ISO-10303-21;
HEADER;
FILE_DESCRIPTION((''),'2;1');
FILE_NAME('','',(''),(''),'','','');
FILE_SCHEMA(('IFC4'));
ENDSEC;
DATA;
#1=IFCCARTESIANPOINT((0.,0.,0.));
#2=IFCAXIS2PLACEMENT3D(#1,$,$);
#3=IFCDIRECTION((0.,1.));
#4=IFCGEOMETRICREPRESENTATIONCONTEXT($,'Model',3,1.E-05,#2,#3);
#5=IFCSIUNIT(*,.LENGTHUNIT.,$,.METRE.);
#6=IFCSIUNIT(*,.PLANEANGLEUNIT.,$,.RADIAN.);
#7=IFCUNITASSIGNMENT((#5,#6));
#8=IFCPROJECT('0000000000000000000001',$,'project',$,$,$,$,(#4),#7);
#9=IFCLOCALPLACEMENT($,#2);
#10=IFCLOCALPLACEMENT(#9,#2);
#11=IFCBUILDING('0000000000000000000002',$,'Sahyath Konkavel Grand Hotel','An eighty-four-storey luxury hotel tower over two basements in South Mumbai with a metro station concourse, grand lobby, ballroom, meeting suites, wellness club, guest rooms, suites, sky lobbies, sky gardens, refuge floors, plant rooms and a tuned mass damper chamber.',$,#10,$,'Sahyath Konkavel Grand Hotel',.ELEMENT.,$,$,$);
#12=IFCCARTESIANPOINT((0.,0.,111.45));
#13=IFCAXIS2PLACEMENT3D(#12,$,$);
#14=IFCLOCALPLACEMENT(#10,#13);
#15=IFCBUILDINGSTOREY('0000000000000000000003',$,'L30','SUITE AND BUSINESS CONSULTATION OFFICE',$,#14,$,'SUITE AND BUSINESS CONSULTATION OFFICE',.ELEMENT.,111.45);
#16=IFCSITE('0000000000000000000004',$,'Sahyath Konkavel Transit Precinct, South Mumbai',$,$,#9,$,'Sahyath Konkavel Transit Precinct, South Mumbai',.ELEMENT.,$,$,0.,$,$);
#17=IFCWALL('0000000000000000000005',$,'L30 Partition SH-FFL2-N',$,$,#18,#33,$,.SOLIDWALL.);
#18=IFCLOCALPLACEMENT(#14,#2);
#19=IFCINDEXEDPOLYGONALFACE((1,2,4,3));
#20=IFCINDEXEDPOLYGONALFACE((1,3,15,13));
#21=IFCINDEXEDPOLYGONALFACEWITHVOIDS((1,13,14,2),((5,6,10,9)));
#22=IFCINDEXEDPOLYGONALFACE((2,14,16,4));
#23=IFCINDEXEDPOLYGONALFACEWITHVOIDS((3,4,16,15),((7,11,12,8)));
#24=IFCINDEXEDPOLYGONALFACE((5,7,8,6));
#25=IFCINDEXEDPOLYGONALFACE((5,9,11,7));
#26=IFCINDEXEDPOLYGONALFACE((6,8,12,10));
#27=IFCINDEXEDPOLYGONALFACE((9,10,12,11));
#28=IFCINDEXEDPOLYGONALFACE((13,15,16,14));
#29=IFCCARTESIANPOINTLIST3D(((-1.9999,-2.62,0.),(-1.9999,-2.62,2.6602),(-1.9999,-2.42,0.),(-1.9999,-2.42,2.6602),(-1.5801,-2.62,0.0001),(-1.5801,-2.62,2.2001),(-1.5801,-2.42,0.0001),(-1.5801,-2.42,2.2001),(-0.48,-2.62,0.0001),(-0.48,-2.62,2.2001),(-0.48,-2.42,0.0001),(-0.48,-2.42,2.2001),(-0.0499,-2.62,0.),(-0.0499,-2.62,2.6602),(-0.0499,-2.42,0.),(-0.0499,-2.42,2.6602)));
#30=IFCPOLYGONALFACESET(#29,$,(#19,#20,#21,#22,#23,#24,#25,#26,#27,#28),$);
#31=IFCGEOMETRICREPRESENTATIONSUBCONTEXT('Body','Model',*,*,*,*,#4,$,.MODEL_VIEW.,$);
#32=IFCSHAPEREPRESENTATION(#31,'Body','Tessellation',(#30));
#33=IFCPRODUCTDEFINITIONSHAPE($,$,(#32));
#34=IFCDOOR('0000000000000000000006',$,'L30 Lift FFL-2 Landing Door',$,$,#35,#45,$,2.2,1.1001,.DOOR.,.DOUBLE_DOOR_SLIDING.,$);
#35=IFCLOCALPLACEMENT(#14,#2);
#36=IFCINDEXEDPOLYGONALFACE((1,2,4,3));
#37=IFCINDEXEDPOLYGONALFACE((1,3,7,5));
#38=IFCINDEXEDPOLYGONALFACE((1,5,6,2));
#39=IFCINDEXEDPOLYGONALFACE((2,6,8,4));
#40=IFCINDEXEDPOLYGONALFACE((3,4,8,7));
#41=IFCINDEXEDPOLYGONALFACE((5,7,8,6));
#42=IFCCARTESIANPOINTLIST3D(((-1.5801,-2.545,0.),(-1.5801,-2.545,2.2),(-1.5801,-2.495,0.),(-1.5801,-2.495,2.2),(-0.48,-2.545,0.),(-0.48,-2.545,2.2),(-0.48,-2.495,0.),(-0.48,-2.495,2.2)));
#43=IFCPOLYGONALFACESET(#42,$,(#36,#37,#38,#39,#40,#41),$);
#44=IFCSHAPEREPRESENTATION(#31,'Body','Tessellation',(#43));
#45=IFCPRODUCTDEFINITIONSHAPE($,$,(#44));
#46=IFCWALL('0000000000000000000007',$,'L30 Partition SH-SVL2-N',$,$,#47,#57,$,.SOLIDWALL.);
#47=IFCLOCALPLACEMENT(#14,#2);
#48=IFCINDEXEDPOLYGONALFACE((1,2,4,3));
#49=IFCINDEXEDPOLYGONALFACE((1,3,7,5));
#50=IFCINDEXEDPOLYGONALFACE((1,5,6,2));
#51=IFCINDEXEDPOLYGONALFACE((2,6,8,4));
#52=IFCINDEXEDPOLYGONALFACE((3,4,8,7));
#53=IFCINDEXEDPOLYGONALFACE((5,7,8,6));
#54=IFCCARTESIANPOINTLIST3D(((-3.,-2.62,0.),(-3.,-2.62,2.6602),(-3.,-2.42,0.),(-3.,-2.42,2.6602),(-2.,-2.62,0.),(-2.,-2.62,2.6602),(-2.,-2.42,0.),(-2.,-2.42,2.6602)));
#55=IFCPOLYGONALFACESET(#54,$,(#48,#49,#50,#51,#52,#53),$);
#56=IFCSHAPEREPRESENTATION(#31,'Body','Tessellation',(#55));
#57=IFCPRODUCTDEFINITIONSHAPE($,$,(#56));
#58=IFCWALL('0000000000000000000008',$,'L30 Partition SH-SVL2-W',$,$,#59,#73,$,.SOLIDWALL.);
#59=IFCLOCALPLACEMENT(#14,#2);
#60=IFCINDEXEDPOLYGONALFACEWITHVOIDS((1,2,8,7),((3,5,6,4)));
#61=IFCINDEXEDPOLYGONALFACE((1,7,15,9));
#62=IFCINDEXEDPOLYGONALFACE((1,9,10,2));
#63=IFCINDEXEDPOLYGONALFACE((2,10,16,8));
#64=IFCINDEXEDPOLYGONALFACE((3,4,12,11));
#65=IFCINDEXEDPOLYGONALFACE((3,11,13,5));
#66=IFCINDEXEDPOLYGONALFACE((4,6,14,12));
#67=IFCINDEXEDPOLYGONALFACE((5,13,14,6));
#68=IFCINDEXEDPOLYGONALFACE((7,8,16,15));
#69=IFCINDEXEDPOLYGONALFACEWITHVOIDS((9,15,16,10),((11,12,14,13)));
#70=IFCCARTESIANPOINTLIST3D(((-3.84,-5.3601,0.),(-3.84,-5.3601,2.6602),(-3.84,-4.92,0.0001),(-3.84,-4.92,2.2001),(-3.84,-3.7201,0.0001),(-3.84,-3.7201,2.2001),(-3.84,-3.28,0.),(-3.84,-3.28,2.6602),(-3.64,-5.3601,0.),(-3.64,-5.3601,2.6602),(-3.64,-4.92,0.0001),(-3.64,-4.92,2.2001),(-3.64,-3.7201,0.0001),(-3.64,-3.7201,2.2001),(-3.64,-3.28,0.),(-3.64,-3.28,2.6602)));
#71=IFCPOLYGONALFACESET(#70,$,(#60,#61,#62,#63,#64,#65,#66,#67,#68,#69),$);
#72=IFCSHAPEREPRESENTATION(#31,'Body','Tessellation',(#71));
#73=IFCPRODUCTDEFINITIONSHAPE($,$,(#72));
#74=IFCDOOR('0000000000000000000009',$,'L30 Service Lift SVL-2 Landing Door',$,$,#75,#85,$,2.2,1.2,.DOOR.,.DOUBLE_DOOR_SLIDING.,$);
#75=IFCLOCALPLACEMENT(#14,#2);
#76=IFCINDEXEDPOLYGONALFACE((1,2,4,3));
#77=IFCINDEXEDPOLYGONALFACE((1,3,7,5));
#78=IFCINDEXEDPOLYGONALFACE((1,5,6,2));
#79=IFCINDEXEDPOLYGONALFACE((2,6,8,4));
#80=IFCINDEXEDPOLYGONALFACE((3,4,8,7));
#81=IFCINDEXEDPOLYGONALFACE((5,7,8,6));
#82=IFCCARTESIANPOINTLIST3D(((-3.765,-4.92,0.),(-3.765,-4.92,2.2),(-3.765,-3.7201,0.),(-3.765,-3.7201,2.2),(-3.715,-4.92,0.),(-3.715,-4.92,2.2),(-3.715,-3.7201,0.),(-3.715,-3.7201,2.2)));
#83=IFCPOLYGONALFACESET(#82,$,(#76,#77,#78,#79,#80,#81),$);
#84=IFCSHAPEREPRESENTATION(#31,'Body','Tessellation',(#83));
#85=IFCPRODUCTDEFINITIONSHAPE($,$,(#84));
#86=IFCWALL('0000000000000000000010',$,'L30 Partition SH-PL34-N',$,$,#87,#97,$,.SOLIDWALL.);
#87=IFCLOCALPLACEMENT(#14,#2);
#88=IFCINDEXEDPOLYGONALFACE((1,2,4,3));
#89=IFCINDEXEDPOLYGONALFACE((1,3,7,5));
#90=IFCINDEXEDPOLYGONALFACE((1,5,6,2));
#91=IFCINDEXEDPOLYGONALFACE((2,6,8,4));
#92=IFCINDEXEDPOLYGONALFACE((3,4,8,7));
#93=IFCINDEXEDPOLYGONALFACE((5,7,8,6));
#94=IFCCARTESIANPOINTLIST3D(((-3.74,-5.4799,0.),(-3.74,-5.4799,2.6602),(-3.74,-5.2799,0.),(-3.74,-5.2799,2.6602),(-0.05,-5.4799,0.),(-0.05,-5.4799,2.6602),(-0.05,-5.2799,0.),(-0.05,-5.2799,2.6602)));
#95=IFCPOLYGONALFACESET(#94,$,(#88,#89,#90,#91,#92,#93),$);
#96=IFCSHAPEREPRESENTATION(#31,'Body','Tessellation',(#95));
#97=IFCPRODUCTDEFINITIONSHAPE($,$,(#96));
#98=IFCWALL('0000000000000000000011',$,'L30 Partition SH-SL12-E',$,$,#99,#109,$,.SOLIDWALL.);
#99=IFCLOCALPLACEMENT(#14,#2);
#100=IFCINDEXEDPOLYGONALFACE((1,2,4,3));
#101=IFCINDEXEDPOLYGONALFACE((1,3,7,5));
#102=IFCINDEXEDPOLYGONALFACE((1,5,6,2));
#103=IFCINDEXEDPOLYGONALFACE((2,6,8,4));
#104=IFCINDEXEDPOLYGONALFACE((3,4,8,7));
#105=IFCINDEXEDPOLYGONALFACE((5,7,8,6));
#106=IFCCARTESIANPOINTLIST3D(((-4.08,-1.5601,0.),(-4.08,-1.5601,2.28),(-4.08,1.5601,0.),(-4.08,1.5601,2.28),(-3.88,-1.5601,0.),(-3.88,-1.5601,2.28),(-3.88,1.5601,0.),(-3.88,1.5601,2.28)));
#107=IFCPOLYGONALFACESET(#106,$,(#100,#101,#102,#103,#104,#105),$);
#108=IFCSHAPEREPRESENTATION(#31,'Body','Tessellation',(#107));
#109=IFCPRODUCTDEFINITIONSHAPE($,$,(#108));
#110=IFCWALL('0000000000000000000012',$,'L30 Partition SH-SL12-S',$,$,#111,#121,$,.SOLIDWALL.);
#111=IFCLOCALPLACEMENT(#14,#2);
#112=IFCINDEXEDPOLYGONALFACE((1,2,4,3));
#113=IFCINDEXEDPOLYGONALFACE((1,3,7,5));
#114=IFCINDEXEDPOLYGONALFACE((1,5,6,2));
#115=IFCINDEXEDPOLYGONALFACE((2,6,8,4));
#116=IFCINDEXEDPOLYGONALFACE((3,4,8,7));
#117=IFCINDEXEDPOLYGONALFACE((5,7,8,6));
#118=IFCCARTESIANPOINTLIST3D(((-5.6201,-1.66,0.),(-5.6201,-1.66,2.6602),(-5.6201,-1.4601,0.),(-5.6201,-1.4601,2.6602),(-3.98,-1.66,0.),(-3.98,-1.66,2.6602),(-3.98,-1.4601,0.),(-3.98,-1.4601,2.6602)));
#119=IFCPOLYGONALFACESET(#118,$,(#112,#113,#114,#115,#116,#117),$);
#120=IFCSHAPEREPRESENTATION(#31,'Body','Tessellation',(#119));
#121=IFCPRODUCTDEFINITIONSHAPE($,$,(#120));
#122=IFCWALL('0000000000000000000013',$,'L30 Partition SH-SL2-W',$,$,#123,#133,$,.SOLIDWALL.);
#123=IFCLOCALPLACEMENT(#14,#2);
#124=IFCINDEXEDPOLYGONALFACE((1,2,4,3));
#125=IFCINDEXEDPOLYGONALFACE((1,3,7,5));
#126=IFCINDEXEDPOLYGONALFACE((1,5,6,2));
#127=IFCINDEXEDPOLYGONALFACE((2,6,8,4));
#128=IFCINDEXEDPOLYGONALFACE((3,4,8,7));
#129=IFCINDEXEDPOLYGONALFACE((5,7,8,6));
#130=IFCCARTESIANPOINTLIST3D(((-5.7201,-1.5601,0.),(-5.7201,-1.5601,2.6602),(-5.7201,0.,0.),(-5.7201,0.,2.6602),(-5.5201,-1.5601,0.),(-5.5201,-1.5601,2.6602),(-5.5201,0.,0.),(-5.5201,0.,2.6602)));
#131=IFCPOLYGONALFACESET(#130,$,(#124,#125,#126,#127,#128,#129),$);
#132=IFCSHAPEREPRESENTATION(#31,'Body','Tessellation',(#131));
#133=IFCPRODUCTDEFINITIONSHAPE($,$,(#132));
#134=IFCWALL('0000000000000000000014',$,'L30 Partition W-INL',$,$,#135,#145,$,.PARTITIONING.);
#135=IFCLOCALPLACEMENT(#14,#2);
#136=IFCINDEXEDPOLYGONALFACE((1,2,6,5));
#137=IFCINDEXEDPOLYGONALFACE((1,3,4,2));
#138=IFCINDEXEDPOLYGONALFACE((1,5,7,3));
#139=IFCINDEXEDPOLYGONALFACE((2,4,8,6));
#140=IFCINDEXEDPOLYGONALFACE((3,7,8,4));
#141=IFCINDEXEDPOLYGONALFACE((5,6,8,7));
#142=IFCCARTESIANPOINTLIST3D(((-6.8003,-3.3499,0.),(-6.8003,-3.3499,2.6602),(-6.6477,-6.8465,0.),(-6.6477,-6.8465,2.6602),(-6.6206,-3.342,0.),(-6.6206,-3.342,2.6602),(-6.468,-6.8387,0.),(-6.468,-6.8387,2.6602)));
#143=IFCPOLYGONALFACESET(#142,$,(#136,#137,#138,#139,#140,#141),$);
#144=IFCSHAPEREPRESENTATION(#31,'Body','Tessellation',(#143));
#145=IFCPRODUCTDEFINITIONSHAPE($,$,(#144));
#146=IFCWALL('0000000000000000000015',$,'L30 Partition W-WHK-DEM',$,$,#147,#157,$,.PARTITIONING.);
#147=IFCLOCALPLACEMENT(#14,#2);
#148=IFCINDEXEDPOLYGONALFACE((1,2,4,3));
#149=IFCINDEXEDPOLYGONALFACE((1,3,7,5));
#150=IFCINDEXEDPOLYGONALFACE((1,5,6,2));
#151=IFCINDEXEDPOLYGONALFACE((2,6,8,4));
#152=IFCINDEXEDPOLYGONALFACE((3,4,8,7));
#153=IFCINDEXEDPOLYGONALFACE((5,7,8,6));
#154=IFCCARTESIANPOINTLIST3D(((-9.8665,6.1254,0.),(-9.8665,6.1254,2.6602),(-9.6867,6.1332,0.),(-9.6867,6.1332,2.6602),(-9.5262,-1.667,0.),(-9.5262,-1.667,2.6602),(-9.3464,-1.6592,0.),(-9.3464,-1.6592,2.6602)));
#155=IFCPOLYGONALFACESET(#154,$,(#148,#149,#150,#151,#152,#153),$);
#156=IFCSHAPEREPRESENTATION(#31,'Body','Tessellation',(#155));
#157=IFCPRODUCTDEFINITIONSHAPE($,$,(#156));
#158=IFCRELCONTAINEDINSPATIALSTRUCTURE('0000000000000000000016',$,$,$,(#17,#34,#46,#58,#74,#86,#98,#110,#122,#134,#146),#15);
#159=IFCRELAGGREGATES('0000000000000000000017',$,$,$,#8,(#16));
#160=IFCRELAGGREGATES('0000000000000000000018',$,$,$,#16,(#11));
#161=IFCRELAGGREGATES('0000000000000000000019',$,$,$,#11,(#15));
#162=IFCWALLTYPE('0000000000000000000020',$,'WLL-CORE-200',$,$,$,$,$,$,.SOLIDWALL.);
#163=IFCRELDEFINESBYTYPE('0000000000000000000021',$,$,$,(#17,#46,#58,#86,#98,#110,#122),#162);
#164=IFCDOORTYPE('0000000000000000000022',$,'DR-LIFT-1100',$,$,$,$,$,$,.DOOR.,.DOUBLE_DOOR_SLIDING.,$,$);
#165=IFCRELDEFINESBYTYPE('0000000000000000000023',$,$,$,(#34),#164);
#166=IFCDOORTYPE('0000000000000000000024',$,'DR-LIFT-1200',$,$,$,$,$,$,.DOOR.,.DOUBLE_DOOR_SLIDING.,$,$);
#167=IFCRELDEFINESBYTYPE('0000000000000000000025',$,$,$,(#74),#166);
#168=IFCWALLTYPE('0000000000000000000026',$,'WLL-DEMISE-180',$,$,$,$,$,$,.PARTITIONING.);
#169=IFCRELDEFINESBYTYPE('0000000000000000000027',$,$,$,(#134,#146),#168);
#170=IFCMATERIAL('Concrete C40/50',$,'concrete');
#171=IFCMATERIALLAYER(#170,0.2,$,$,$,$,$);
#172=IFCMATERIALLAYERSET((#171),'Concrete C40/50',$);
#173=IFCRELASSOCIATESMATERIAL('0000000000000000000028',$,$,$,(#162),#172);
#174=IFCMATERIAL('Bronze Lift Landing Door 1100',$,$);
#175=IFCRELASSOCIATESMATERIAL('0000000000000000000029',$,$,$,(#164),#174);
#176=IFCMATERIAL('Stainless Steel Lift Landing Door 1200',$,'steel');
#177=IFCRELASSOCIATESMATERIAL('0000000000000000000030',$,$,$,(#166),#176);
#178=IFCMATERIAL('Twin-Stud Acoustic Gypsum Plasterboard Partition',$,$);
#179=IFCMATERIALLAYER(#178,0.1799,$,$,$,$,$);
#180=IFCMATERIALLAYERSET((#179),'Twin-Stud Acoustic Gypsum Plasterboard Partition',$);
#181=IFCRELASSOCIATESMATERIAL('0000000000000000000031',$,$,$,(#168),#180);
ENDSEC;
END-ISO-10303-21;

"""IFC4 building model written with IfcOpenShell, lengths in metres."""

from ifc_helpers import new_model, si_unit, direction, frame, frame_2d, origin, origin_2d, place, context, subcontext, project, spatial, rectangle, extrude, source, transform, mapped, material, layer, layer_set, type_object, element, fill, save


model = new_model("IFC4")

# Units and contexts
model_context = context("Model", 3, precision=1e-05, world=origin(), true_north=direction((0.0, 1.0)))
body_context = subcontext(model_context, "Body", "Model", "MODEL_VIEW")
ifc_project = project(units=[si_unit("LENGTHUNIT", "METRE"), si_unit("PLANEANGLEUNIT", "RADIAN")], contexts=[model_context])

# Site, building, storey
site_placement = place(None, origin())
site = spatial("IfcSite", under=ifc_project, at=site_placement, Name="Sahyath Konkavel Transit Precinct, South Mumbai", LongName="Sahyath Konkavel Transit Precinct, South Mumbai", CompositionType="ELEMENT", RefElevation=0.0)
building_placement = place(site_placement, origin())
building = spatial("IfcBuilding", under=site, at=building_placement, Name="Sahyath Konkavel Grand Hotel", Description="An eighty-four-storey luxury hotel tower over two basements in South Mumbai with a metro station concourse, grand lobby, ballroom, meeting suites, wellness club, guest rooms, suites, sky lobbies, sky gardens, refuge floors, plant rooms and a tuned mass damper chamber.", LongName="Sahyath Konkavel Grand Hotel", CompositionType="ELEMENT")
storey_placement = place(building_placement, frame((0.0, 0.0, 111.45)))
storey = spatial("IfcBuildingStorey", under=building, at=storey_placement, Name="L30", Description="SUITE AND BUSINESS CONSULTATION OFFICE", LongName="SUITE AND BUSINESS CONSULTATION OFFICE", CompositionType="ELEMENT", Elevation=111.45)

# Shared definitions
ifc_material_1 = material(Name="Concrete C40/50", Category="concrete")
ifc_layer_1 = layer(ifc_material_1, 0.2)
ifc_layer_set_1 = layer_set([ifc_layer_1], Name="Concrete C40/50")
wall_type_1 = type_object("IfcWallType", Name="WLL-CORE-200", PredefinedType="SOLIDWALL", material=ifc_layer_set_1)

# Wall, opening, door
wall_1_placement = place(storey_placement, frame((-2.0, -2.52, 0.0), z_axis=(0.0, 0.0, 1.0), x_axis=(1.0, 0.0, 0.0)))
wall_1 = element("IfcWall", 1, at=wall_1_placement, inside=storey, type_object=wall_type_1, Name="L30 Partition SH-FFL2-N", PredefinedType="SOLIDWALL", context=body_context, shape_type="SweptSolid", body=[
    extrude(rectangle(XDim=1.95, YDim=0.2, at=frame_2d((0.9751, 0.0))), origin(), (0.0, 0.0, 1.0), 2.6602),
])
opening_1_placement = place(wall_1_placement, frame((0.4199, 0.0, 0.0)))
opening_1 = element("IfcOpeningElement", 2, at=opening_1_placement, cuts=wall_1, PredefinedType="OPENING", context=body_context, shape_type="SweptSolid", body=[
    extrude(rectangle(XDim=1.1001, YDim=2.2, at=frame_2d((0.55, 1.1001))), frame((0.0, 0.1099, 0.0), z_axis=(0.0, -1.0, 0.0), x_axis=(1.0, 0.0, 0.0)), (0.0, 0.0, 1.0), 0.22),
])
ifc_material_2 = material(Name="Bronze Lift Landing Door 1100")
door_type_1 = type_object("IfcDoorType", Name="DR-LIFT-1100", OperationType="DOUBLE_DOOR_SLIDING", PredefinedType="DOOR", material=ifc_material_2)
shared_shape_1 = source(origin(), body_context, "Body", "SweptSolid", [
    extrude(rectangle(XDim=1.1001, YDim=0.05, at=origin_2d()), origin(), (0.0, 0.0, 1.0), 2.2),
])
door_1_placement = place(opening_1_placement, frame((0.55, 0.0, 0.0)))
door_1 = element("IfcDoor", 3, at=door_1_placement, inside=storey, type_object=door_type_1, Name="L30 Lift FFL-2 Landing Door", OperationType="DOUBLE_DOOR_SLIDING", OverallHeight=2.2, OverallWidth=1.1001, PredefinedType="DOOR", context=body_context, shape_type="MappedRepresentation", body=[
    mapped(shared_shape_1, transform((0.0, 0.0, 0.0), scale=1.0)),
])
fill(opening_1, door_1)

# Wall
wall_2_placement = place(storey_placement, frame((-3.0, -2.52, 0.0), z_axis=(0.0, 0.0, 1.0), x_axis=(1.0, 0.0, 0.0)))
element("IfcWall", 4, at=wall_2_placement, inside=storey, type_object=wall_type_1, Name="L30 Partition SH-SVL2-N", PredefinedType="SOLIDWALL", context=body_context, shape_type="SweptSolid", body=[
    extrude(rectangle(XDim=1.0, YDim=0.2, at=frame_2d((0.5, 0.0))), origin(), (0.0, 0.0, 1.0), 2.6602),
])

# Wall, opening, door
wall_3_placement = place(storey_placement, frame((-3.74, -5.3601, 0.0), z_axis=(0.0, 0.0, 1.0), x_axis=(0.0, 1.0, 0.0)))
wall_3 = element("IfcWall", 5, at=wall_3_placement, inside=storey, type_object=wall_type_1, Name="L30 Partition SH-SVL2-W", PredefinedType="SOLIDWALL", context=body_context, shape_type="SweptSolid", body=[
    extrude(rectangle(XDim=2.0801, YDim=0.2, at=frame_2d((1.04, 0.0))), origin(), (0.0, 0.0, 1.0), 2.6602),
])
opening_2_placement = place(wall_3_placement, frame((0.4399, 0.0, 0.0)))
opening_2 = element("IfcOpeningElement", 6, at=opening_2_placement, cuts=wall_3, PredefinedType="OPENING", context=body_context, shape_type="SweptSolid", body=[
    extrude(rectangle(XDim=1.2, YDim=2.2, at=frame_2d((0.6001, 1.1001))), frame((0.0, 0.1099, 0.0), z_axis=(0.0, -1.0, 0.0), x_axis=(1.0, 0.0, 0.0)), (0.0, 0.0, 1.0), 0.22),
])
ifc_material_3 = material(Name="Stainless Steel Lift Landing Door 1200", Category="steel")
door_type_2 = type_object("IfcDoorType", Name="DR-LIFT-1200", OperationType="DOUBLE_DOOR_SLIDING", PredefinedType="DOOR", material=ifc_material_3)
shared_shape_2 = source(origin(), body_context, "Body", "SweptSolid", [
    extrude(rectangle(XDim=1.2, YDim=0.05, at=origin_2d()), origin(), (0.0, 0.0, 1.0), 2.2),
])
door_2_placement = place(opening_2_placement, frame((0.6001, 0.0, 0.0)))
door_2 = element("IfcDoor", 7, at=door_2_placement, inside=storey, type_object=door_type_2, Name="L30 Service Lift SVL-2 Landing Door", OperationType="DOUBLE_DOOR_SLIDING", OverallHeight=2.2, OverallWidth=1.2, PredefinedType="DOOR", context=body_context, shape_type="MappedRepresentation", body=[
    mapped(shared_shape_2, transform((0.0, 0.0, 0.0), scale=1.0)),
])
fill(opening_2, door_2)

# Walls
wall_4_placement = place(storey_placement, frame((-3.74, -5.3799, 0.0), z_axis=(0.0, 0.0, 1.0), x_axis=(1.0, 0.0, 0.0)))
element("IfcWall", 8, at=wall_4_placement, inside=storey, type_object=wall_type_1, Name="L30 Partition SH-PL34-N", PredefinedType="SOLIDWALL", context=body_context, shape_type="SweptSolid", body=[
    extrude(rectangle(XDim=3.6899, YDim=0.2, at=frame_2d((1.845, 0.0))), origin(), (0.0, 0.0, 1.0), 2.6602),
])
wall_5_placement = place(storey_placement, frame((-3.98, -1.5601, 0.0), z_axis=(0.0, 0.0, 1.0), x_axis=(0.0, 1.0, 0.0)))
element("IfcWall", 9, at=wall_5_placement, inside=storey, type_object=wall_type_1, Name="L30 Partition SH-SL12-E", PredefinedType="SOLIDWALL", context=body_context, shape_type="SweptSolid", body=[
    extrude(rectangle(XDim=3.1201, YDim=0.2, at=frame_2d((1.5601, 0.0))), origin(), (0.0, 0.0, 1.0), 2.28),
])
wall_6_placement = place(storey_placement, frame((-5.6201, -1.5601, 0.0), z_axis=(0.0, 0.0, 1.0), x_axis=(1.0, 0.0, 0.0)))
element("IfcWall", 10, at=wall_6_placement, inside=storey, type_object=wall_type_1, Name="L30 Partition SH-SL12-S", PredefinedType="SOLIDWALL", context=body_context, shape_type="SweptSolid", body=[
    extrude(rectangle(XDim=1.6401, YDim=0.2, at=frame_2d((0.8201, 0.0))), origin(), (0.0, 0.0, 1.0), 2.6602),
])
wall_7_placement = place(storey_placement, frame((-5.6201, -1.5601, 0.0), z_axis=(0.0, 0.0, 1.0), x_axis=(0.0, 1.0, 0.0)))
element("IfcWall", 11, at=wall_7_placement, inside=storey, type_object=wall_type_1, Name="L30 Partition SH-SL2-W", PredefinedType="SOLIDWALL", context=body_context, shape_type="SweptSolid", body=[
    extrude(rectangle(XDim=1.5601, YDim=0.2, at=frame_2d((0.78, 0.0))), origin(), (0.0, 0.0, 1.0), 2.6602),
])
ifc_material_4 = material(Name="Twin-Stud Acoustic Gypsum Plasterboard Partition")
ifc_layer_2 = layer(ifc_material_4, 0.1799)
ifc_layer_set_2 = layer_set([ifc_layer_2], Name="Twin-Stud Acoustic Gypsum Plasterboard Partition")
wall_type_2 = type_object("IfcWallType", Name="WLL-DEMISE-180", PredefinedType="PARTITIONING", material=ifc_layer_set_2)
wall_8_placement = place(storey_placement, frame((-6.7104, -3.3459, 0.0), z_axis=(0.0, 0.0, 1.0), x_axis=(0.043598, -0.999049, 0.0)))
element("IfcWall", 12, at=wall_8_placement, inside=storey, type_object=wall_type_2, Name="L30 Partition W-INL", PredefinedType="PARTITIONING", context=body_context, shape_type="SweptSolid", body=[
    extrude(rectangle(XDim=3.5, YDim=0.1799, at=frame_2d((1.75, 0.0))), origin(), (0.0, 0.0, 1.0), 2.6602),
])
wall_9_placement = place(storey_placement, frame((-9.4363, -1.6631, 0.0), z_axis=(0.0, 0.0, 1.0), x_axis=(-0.043633, 0.999048, 0.0)))
element("IfcWall", 13, at=wall_9_placement, inside=storey, type_object=wall_type_2, Name="L30 Partition W-WHK-DEM", PredefinedType="PARTITIONING", context=body_context, shape_type="SweptSolid", body=[
    extrude(rectangle(XDim=7.7998, YDim=0.1799, at=frame_2d((3.8999, 0.0))), origin(), (0.0, 0.0, 1.0), 2.6602),
])

save(model, "model.ifc")
